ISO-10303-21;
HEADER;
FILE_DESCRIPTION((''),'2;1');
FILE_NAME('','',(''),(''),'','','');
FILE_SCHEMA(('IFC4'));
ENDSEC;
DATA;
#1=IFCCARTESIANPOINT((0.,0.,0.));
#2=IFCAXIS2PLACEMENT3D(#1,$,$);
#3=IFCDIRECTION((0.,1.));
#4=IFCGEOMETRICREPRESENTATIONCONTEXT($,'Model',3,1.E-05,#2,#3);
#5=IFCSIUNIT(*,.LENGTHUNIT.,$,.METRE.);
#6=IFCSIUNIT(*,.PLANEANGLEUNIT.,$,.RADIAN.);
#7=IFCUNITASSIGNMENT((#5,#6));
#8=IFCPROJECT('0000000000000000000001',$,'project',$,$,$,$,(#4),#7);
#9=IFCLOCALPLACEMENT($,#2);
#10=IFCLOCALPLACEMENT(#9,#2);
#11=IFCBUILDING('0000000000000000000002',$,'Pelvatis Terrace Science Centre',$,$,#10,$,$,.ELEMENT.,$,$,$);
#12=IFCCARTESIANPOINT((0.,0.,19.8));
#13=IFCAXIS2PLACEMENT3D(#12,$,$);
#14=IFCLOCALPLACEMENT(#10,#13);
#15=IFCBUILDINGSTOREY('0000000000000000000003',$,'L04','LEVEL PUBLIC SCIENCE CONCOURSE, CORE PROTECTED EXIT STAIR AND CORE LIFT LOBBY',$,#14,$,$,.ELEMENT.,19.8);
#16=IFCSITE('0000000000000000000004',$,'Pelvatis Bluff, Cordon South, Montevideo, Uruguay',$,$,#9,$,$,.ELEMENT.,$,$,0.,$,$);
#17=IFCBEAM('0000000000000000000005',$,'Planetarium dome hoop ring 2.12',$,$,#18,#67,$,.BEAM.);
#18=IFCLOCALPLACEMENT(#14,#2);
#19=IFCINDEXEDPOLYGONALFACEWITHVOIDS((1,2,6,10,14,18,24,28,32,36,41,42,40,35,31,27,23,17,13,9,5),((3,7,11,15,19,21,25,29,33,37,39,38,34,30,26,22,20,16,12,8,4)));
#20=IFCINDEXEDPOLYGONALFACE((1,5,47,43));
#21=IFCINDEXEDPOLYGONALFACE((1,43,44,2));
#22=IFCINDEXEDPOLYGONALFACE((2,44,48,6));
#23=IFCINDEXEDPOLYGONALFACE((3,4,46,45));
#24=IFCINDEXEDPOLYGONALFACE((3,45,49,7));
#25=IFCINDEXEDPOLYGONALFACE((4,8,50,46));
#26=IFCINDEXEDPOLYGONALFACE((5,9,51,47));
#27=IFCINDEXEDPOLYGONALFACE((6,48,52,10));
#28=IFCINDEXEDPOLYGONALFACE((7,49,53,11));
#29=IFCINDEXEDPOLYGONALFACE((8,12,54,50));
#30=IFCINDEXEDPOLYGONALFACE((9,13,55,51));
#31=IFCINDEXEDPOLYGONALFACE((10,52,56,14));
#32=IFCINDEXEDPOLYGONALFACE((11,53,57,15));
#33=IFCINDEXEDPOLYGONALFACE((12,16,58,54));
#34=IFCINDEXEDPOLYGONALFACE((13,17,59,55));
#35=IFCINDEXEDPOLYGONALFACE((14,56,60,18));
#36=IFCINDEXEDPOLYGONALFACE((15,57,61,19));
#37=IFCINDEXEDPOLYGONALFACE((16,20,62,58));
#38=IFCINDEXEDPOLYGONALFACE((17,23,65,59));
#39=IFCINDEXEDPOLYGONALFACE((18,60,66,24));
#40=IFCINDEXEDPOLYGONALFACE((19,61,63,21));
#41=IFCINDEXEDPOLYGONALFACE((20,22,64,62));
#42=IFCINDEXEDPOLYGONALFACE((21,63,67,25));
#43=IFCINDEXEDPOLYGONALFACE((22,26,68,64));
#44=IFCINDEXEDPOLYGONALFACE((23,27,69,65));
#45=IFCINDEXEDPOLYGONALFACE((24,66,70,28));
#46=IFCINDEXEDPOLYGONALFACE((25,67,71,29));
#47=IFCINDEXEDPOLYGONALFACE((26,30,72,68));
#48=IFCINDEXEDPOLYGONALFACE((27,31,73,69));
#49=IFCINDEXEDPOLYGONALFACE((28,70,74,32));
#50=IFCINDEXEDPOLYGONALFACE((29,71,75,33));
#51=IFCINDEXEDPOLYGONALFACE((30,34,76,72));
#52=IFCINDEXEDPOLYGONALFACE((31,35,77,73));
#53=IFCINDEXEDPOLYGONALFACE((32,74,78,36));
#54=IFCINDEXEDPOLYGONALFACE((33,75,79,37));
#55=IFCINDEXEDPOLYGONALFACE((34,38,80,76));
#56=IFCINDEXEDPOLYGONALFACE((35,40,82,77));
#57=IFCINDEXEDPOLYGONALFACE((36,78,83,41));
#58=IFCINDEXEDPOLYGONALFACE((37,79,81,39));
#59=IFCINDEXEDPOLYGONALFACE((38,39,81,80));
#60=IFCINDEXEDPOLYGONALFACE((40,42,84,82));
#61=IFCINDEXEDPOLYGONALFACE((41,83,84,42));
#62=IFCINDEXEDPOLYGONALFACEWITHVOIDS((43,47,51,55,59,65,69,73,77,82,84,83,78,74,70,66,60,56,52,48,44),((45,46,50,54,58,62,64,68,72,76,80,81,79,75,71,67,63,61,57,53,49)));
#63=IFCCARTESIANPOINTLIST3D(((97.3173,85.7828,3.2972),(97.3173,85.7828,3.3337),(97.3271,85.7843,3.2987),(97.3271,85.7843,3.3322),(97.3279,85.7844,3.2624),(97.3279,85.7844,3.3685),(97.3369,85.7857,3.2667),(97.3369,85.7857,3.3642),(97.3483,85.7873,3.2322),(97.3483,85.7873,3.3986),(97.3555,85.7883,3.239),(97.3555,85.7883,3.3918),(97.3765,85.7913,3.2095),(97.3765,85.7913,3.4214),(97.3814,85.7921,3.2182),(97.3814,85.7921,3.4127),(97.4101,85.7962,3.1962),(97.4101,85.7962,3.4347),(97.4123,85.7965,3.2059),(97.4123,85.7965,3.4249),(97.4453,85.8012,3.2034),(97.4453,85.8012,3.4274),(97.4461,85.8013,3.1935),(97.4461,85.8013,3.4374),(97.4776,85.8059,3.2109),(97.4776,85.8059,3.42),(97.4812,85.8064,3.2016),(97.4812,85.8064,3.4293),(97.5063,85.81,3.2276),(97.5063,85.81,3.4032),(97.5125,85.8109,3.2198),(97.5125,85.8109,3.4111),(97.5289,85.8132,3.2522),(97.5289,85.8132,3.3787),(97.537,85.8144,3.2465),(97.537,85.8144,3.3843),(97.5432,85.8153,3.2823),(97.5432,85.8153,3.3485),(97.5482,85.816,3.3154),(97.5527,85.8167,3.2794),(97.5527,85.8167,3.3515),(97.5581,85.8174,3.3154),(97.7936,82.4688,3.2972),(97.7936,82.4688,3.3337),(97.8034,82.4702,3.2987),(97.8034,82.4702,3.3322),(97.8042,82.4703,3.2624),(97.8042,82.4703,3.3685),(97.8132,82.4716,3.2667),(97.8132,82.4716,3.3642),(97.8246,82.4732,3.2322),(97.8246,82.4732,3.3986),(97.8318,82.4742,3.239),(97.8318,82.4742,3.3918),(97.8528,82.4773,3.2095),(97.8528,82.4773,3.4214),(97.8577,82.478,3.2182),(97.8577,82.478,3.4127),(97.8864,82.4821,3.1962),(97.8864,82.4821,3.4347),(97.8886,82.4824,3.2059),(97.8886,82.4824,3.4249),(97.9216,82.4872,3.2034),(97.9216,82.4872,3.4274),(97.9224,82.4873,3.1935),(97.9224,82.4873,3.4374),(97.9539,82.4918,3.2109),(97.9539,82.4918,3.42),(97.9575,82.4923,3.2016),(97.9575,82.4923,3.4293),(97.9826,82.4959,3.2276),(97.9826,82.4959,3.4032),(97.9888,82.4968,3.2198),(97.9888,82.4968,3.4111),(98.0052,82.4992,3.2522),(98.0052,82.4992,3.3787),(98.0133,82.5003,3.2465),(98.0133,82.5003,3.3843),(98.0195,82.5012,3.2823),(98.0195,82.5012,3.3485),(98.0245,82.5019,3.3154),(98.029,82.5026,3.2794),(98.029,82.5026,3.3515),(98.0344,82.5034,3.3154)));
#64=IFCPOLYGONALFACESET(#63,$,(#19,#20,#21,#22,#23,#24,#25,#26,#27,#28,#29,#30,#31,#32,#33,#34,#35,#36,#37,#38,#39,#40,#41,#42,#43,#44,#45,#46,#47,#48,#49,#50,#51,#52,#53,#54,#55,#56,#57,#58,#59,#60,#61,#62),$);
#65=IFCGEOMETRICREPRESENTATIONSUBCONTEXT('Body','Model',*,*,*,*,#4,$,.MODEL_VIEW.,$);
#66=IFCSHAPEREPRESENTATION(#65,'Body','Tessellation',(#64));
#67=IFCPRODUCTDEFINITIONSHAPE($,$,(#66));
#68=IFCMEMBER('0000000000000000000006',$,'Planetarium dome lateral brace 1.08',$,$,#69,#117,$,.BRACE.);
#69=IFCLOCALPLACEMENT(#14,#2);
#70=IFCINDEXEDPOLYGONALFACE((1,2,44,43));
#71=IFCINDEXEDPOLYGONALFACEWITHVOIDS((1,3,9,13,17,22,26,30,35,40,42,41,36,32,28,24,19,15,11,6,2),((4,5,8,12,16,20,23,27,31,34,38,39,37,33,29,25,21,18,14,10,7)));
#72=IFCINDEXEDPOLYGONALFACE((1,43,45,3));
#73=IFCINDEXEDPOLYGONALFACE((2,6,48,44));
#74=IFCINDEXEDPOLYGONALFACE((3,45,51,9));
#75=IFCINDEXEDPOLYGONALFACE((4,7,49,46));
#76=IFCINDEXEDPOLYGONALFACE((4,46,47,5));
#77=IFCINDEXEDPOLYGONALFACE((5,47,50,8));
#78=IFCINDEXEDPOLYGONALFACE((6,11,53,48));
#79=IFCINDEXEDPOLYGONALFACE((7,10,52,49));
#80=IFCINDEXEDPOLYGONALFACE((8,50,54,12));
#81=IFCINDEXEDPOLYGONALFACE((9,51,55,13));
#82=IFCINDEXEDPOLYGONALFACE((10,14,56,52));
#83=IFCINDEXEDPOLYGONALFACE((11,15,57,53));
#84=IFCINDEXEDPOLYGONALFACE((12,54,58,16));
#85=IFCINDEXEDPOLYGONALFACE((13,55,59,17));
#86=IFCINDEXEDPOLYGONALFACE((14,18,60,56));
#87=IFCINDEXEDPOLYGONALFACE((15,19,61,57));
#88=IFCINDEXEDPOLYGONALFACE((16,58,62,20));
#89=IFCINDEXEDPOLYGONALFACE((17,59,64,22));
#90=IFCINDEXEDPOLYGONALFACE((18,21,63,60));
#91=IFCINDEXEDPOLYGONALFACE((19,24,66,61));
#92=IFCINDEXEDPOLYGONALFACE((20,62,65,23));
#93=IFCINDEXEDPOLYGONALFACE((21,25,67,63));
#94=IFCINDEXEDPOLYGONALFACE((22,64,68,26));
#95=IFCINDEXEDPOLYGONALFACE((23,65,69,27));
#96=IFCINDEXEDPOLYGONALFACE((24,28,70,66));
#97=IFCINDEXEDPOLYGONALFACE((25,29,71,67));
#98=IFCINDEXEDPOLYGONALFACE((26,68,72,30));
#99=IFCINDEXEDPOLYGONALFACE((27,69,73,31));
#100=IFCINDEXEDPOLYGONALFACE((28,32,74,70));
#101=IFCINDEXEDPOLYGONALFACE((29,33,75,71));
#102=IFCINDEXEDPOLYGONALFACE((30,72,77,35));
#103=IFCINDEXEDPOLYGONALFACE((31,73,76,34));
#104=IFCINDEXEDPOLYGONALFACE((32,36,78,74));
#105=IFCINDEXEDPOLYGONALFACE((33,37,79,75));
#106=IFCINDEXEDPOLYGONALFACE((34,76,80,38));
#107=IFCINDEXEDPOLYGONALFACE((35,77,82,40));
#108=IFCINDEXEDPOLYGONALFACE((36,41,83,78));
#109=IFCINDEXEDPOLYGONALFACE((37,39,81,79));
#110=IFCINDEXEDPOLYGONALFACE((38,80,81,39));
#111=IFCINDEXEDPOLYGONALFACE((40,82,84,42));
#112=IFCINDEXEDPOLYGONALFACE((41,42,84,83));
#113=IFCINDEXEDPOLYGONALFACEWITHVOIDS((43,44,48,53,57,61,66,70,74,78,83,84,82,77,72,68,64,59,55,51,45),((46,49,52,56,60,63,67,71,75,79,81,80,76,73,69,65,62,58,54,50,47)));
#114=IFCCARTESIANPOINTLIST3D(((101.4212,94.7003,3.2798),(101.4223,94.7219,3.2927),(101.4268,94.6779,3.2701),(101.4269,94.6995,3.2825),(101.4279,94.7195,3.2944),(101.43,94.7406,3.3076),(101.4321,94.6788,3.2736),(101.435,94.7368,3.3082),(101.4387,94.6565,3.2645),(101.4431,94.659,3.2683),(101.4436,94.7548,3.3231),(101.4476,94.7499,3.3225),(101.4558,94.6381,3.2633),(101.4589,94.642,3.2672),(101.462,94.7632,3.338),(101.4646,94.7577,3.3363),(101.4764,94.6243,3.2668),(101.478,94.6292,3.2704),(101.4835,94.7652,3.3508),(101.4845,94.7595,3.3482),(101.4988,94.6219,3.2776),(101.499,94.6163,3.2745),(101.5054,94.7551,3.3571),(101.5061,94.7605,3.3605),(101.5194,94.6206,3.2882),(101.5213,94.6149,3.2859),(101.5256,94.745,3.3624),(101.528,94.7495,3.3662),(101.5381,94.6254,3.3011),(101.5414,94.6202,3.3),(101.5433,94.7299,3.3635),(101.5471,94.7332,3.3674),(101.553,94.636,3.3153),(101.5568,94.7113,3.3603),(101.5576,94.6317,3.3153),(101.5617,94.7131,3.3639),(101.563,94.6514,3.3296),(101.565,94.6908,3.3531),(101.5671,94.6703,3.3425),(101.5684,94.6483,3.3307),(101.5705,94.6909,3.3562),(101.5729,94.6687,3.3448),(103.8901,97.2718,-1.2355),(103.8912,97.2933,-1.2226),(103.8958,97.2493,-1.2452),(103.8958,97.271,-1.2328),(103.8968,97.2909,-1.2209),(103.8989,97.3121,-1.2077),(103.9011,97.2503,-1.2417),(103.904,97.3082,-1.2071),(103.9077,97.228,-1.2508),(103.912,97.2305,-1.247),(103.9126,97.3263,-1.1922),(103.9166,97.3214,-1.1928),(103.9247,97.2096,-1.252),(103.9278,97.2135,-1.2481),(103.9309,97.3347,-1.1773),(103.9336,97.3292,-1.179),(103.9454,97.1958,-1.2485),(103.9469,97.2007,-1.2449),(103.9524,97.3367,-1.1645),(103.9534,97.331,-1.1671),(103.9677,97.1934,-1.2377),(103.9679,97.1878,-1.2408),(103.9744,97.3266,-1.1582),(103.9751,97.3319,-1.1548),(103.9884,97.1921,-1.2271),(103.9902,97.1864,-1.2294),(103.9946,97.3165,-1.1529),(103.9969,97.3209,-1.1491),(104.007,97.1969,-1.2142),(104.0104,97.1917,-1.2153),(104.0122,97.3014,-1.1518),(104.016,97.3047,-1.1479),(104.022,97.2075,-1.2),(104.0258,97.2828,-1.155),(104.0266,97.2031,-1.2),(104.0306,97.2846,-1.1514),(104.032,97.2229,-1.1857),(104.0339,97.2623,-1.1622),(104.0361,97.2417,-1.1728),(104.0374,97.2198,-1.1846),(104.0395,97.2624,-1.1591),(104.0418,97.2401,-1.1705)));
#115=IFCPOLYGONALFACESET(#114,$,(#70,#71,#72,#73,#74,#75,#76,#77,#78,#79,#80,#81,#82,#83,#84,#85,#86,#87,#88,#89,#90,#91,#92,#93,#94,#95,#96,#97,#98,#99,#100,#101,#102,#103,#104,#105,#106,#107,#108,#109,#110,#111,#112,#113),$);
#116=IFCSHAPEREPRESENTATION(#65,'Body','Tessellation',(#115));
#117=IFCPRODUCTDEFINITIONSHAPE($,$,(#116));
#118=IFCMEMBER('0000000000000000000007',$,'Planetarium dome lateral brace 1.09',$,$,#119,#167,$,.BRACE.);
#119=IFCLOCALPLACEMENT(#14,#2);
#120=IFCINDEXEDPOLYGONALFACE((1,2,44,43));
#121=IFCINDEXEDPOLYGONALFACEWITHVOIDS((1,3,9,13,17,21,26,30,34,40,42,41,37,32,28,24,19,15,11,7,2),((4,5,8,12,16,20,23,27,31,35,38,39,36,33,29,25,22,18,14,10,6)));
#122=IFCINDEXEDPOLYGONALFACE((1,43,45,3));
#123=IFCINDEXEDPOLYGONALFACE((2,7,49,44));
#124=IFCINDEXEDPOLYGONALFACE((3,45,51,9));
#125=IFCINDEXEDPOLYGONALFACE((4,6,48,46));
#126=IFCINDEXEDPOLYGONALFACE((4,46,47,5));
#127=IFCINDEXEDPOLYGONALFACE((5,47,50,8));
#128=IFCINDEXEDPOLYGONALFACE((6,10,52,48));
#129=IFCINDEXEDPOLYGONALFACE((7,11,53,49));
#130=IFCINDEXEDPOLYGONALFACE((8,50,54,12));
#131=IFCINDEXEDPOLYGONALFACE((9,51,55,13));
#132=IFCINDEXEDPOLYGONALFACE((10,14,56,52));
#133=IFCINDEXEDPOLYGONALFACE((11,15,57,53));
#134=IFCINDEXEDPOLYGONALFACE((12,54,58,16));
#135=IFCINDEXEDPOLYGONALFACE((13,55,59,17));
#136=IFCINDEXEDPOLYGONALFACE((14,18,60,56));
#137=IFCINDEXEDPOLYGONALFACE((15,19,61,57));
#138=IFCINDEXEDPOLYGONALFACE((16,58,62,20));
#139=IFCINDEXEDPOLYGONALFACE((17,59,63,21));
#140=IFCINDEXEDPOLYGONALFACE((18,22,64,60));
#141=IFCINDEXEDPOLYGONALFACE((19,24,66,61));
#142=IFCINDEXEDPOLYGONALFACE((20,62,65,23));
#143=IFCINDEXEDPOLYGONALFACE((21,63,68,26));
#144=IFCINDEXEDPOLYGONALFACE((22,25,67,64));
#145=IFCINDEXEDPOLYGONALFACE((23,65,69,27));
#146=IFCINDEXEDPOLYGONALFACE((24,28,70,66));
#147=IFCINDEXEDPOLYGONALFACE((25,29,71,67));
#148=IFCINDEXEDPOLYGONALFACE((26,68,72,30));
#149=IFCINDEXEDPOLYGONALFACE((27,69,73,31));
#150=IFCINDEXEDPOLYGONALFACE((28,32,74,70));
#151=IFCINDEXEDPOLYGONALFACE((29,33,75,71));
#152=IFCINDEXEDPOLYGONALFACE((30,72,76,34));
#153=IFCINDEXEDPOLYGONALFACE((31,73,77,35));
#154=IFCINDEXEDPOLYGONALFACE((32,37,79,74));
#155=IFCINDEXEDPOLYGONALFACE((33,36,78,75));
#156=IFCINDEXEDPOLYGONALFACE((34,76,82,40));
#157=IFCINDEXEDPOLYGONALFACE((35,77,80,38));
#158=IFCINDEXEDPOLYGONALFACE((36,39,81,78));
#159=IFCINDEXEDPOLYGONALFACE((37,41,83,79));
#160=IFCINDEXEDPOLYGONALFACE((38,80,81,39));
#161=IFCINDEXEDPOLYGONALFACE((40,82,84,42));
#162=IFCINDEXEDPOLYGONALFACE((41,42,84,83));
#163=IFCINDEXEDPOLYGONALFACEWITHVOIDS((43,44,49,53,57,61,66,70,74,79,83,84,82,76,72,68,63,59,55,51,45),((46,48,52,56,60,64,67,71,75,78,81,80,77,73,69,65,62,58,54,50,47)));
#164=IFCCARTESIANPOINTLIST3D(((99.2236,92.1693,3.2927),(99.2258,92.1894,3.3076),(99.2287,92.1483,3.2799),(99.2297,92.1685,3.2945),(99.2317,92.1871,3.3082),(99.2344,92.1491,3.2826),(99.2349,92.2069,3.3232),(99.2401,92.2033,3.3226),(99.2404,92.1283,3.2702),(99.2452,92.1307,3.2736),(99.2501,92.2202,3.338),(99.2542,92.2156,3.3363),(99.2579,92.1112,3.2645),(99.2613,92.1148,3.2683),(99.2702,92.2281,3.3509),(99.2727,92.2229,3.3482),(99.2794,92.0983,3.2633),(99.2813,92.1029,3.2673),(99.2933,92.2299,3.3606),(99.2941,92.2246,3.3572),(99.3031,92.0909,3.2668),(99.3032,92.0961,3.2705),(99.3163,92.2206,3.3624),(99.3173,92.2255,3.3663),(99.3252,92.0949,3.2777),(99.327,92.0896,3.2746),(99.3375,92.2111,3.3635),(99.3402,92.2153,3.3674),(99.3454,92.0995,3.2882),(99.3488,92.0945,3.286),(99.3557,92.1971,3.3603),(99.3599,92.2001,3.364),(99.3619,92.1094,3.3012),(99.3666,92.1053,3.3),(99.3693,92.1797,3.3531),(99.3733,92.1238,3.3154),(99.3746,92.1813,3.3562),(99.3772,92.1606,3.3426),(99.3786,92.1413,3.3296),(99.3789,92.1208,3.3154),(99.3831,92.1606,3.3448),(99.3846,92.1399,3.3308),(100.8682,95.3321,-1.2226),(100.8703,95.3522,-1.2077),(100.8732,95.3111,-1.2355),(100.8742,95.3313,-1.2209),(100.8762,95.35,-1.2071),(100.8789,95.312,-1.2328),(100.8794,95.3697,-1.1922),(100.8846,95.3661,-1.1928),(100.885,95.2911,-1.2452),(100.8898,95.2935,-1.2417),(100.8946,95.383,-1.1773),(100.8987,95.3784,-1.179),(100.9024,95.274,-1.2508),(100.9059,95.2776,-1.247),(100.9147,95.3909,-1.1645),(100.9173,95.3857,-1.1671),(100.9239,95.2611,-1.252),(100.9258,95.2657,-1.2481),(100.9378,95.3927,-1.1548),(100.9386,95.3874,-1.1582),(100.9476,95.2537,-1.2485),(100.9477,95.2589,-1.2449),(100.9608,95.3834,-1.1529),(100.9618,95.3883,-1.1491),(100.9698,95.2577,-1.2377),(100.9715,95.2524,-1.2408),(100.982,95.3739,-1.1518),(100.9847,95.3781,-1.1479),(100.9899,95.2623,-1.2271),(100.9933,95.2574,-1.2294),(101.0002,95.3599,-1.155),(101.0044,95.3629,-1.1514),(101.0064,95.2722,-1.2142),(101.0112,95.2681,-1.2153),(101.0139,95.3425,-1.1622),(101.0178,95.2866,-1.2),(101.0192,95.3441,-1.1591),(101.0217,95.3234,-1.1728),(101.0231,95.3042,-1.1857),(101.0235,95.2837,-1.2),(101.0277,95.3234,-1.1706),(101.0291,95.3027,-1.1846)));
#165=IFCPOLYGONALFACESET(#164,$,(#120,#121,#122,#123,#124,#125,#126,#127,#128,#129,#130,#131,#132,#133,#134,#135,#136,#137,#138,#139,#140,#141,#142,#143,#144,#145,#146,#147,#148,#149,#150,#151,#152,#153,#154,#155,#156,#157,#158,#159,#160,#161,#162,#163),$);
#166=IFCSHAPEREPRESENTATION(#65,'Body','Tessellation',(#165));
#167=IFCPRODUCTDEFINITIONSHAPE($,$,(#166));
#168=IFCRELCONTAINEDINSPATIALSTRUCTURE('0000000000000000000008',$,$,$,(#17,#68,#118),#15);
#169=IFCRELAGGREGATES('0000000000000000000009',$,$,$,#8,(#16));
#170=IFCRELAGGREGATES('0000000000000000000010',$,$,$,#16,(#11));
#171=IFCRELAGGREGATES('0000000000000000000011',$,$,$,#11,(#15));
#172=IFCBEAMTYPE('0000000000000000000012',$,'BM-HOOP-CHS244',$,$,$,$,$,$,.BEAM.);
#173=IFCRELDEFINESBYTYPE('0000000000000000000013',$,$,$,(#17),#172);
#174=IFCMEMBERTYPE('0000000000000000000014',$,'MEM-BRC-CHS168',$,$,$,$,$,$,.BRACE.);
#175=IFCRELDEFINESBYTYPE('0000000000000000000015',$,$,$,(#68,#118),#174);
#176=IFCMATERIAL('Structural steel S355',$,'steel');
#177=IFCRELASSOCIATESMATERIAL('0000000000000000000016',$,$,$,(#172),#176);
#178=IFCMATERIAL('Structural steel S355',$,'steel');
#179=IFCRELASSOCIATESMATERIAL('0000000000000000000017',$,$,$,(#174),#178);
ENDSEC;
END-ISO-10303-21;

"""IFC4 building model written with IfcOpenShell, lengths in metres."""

from ifc_helpers import new_model, si_unit, direction, frame, origin, origin_2d, place, context, subcontext, project, spatial, hollow_circle, extrude, material, material_profile, profile_set, type_object, element, save


model = new_model("IFC4")

# Units and contexts
model_context = context("Model", 3, precision=1e-05, world=origin(), true_north=direction((0.0, 1.0)))
body_context = subcontext(model_context, "Body", "Model", "MODEL_VIEW")
ifc_project = project(units=[si_unit("LENGTHUNIT", "METRE"), si_unit("PLANEANGLEUNIT", "RADIAN")], contexts=[model_context])

# Site, building, storey
site_placement = place(None, origin())
site = spatial("IfcSite", under=ifc_project, at=site_placement, Name="Pelvatis Bluff, Cordon South, Montevideo, Uruguay", CompositionType="ELEMENT", RefElevation=0.0)
building_placement = place(site_placement, origin())
building = spatial("IfcBuilding", under=site, at=building_placement, Name="Pelvatis Terrace Science Centre", CompositionType="ELEMENT")
storey_placement = place(building_placement, frame((0.0, 0.0, 19.8)))
storey = spatial("IfcBuildingStorey", under=building, at=storey_placement, Name="L04", Description="LEVEL PUBLIC SCIENCE CONCOURSE, CORE PROTECTED EXIT STAIR AND CORE LIFT LOBBY", CompositionType="ELEMENT", Elevation=19.8)

# Beam
ifc_material_1 = material(Name="Structural steel S355", Category="steel")
ifc_material_profile_1 = material_profile(ifc_material_1, hollow_circle(Radius=0.1223, WallThickness=0.01, at=origin_2d()), Name="CHS 244.5x10.0")
ifc_profile_set_1 = profile_set([ifc_material_profile_1], Name="Structural steel S355")
beam_type_1 = type_object("IfcBeamType", Name="BM-HOOP-CHS244", PredefinedType="BEAM", material=ifc_profile_set_1)
beam_1_placement = place(storey_placement, frame((97.437, 85.8, 3.3154), z_axis=(0.142258, -0.98983, 0.0), x_axis=(0.98983, 0.142258, 0.0)))
element("IfcBeam", 1, at=beam_1_placement, inside=storey, type_object=beam_type_1, Name="Planetarium dome hoop ring 2.12", PredefinedType="BEAM", context=body_context, shape_type="SweptSolid", body=[
    extrude(hollow_circle(Radius=0.1223, WallThickness=0.01, at=origin_2d()), origin(), (0.0, 0.0, 1.0), 3.3481),
])

# Members
ifc_material_2 = material(Name="Structural steel S355", Category="steel")
ifc_material_profile_2 = material_profile(ifc_material_2, hollow_circle(Radius=0.0842, WallThickness=0.0063, at=origin_2d()), Name="CHS 168.3x6.3")
ifc_profile_set_2 = profile_set([ifc_material_profile_2], Name="Structural steel S355")
member_type = type_object("IfcMemberType", Name="MEM-BRC-CHS168", PredefinedType="BRACE", material=ifc_profile_set_2)
for number, where, z_axis, x_axis, name in (
    (2, (103.9658, 97.2615, -1.2), (-0.429164, -0.446987, 0.78487), (0.721342, -0.692579, 0.0), "Planetarium dome lateral brace 1.08"),
    (3, (100.9487, 95.3225, -1.2), (-0.285858, -0.549775, 0.784878), (0.887234, -0.46132, 0.0), "Planetarium dome lateral brace 1.09"),
):
    element("IfcMember", number, at=place(storey_placement, frame(where, z_axis=z_axis, x_axis=x_axis)), inside=storey, type_object=member_type, Name=name, PredefinedType="BRACE", context=body_context, shape_type="SweptSolid", body=[
        extrude(hollow_circle(Radius=0.0842, WallThickness=0.0063, at=origin_2d()), origin(), (0.0, 0.0, 1.0), 5.7529),
    ])

save(model, "model.ifc")
